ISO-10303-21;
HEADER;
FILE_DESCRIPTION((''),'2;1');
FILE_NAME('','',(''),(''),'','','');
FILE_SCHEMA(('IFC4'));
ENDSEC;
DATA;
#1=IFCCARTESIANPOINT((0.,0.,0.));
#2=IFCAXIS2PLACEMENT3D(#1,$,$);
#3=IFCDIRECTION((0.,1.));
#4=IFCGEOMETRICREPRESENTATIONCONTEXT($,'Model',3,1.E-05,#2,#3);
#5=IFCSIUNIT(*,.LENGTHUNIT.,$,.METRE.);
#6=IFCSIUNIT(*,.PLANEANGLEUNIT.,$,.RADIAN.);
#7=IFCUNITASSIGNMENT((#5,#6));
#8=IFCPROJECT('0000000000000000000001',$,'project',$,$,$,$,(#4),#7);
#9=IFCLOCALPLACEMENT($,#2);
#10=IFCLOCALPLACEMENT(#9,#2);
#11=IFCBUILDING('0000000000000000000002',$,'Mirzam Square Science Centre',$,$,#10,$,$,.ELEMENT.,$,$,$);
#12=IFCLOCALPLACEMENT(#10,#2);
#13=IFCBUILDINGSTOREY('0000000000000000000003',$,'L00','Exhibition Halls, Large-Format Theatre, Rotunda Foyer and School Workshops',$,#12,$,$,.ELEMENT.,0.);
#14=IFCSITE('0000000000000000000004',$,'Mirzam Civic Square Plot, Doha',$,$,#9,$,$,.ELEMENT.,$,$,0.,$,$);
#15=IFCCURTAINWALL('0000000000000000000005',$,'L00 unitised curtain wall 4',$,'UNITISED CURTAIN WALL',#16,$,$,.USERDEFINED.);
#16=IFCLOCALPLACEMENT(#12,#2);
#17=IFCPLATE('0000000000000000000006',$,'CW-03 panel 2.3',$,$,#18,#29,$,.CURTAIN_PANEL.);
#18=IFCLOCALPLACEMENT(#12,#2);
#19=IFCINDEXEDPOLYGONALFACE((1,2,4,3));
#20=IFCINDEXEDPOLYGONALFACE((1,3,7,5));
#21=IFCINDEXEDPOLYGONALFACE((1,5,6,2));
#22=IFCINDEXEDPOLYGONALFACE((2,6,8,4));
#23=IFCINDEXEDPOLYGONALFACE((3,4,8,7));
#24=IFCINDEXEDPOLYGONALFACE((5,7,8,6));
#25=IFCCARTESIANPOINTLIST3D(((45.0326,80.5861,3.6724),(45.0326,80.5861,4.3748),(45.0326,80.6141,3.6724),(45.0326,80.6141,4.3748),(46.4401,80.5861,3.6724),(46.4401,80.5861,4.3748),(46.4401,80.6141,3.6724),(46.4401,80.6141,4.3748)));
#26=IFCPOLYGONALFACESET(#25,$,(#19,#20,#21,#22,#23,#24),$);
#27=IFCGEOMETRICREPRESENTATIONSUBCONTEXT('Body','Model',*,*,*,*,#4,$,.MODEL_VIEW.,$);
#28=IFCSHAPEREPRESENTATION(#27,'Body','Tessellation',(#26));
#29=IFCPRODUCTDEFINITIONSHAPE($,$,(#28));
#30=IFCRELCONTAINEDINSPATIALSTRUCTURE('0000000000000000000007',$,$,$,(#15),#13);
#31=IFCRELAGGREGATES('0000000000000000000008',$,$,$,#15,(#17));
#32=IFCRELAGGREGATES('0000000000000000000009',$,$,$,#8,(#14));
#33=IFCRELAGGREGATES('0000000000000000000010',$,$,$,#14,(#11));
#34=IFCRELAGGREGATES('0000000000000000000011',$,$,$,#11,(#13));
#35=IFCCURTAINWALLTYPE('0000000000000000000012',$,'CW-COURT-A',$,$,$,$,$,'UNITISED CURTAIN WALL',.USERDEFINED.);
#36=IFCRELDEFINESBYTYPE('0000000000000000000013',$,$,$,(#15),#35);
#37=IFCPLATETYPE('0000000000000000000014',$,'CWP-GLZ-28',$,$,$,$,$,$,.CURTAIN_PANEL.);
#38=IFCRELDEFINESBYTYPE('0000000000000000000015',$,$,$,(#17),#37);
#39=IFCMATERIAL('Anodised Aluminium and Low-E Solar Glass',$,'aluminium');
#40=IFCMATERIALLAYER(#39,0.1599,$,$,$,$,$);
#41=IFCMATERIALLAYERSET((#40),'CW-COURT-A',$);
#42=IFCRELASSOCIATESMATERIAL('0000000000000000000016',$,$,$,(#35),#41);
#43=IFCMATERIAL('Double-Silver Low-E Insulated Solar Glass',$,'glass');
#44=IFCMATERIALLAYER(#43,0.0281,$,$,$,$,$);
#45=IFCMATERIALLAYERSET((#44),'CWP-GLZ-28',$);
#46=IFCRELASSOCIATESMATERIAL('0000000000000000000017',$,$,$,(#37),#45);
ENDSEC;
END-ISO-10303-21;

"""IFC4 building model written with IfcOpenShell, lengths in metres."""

from ifc_helpers import new_model, si_unit, direction, frame, origin, origin_2d, place, context, subcontext, project, spatial, rectangle, extrude, material, layer, layer_set, type_object, element, aggregate, save


model = new_model("IFC4")

# Units and contexts
model_context = context("Model", 3, precision=1e-05, world=origin(), true_north=direction((0.0, 1.0)))
body_context = subcontext(model_context, "Body", "Model", "MODEL_VIEW")
ifc_project = project(units=[si_unit("LENGTHUNIT", "METRE"), si_unit("PLANEANGLEUNIT", "RADIAN")], contexts=[model_context])

# Site, building, storey
site_placement = place(None, origin())
site = spatial("IfcSite", under=ifc_project, at=site_placement, Name="Mirzam Civic Square Plot, Doha", CompositionType="ELEMENT", RefElevation=0.0)
building_placement = place(site_placement, origin())
building = spatial("IfcBuilding", under=site, at=building_placement, Name="Mirzam Square Science Centre", CompositionType="ELEMENT")
storey_placement = place(building_placement, origin())
storey = spatial("IfcBuildingStorey", under=building, at=storey_placement, Name="L00", Description="Exhibition Halls, Large-Format Theatre, Rotunda Foyer and School Workshops", CompositionType="ELEMENT", Elevation=0.0)

# Curtain wall
ifc_material_1 = material(Name="Anodised Aluminium and Low-E Solar Glass", Category="aluminium")
ifc_layer_1 = layer(ifc_material_1, 0.1599)
ifc_layer_set_1 = layer_set([ifc_layer_1], Name="CW-COURT-A")
curtain_wall_type_1 = type_object("IfcCurtainWallType", Name="CW-COURT-A", ElementType="UNITISED CURTAIN WALL", PredefinedType="USERDEFINED", material=ifc_layer_set_1)
curtain_wall_1_placement = place(storey_placement, origin())
curtain_wall_1 = element("IfcCurtainWall", 1, at=curtain_wall_1_placement, inside=storey, type_object=curtain_wall_type_1, Name="L00 unitised curtain wall 4", ObjectType="UNITISED CURTAIN WALL", PredefinedType="USERDEFINED")

# Plate
ifc_material_2 = material(Name="Double-Silver Low-E Insulated Solar Glass", Category="glass")
ifc_layer_2 = layer(ifc_material_2, 0.0281)
ifc_layer_set_2 = layer_set([ifc_layer_2], Name="CWP-GLZ-28")
plate_type = type_object("IfcPlateType", Name="CWP-GLZ-28", PredefinedType="CURTAIN_PANEL", material=ifc_layer_set_2)
plate_1_placement = place(storey_placement, frame((45.7363, 80.6001, 3.6724), z_axis=(0.0, 0.0, 1.0), x_axis=(-1.0, 0.0, 0.0)))
plate_1 = element("IfcPlate", 2, at=plate_1_placement, type_object=plate_type, Name="CW-03 panel 2.3", PredefinedType="CURTAIN_PANEL", context=body_context, shape_type="SweptSolid", body=[
    extrude(rectangle(XDim=1.4075, YDim=0.0281, at=origin_2d()), origin(), (0.0, 0.0, 1.0), 0.7024),
])
aggregate(curtain_wall_1, [plate_1])

save(model, "model.ifc")
